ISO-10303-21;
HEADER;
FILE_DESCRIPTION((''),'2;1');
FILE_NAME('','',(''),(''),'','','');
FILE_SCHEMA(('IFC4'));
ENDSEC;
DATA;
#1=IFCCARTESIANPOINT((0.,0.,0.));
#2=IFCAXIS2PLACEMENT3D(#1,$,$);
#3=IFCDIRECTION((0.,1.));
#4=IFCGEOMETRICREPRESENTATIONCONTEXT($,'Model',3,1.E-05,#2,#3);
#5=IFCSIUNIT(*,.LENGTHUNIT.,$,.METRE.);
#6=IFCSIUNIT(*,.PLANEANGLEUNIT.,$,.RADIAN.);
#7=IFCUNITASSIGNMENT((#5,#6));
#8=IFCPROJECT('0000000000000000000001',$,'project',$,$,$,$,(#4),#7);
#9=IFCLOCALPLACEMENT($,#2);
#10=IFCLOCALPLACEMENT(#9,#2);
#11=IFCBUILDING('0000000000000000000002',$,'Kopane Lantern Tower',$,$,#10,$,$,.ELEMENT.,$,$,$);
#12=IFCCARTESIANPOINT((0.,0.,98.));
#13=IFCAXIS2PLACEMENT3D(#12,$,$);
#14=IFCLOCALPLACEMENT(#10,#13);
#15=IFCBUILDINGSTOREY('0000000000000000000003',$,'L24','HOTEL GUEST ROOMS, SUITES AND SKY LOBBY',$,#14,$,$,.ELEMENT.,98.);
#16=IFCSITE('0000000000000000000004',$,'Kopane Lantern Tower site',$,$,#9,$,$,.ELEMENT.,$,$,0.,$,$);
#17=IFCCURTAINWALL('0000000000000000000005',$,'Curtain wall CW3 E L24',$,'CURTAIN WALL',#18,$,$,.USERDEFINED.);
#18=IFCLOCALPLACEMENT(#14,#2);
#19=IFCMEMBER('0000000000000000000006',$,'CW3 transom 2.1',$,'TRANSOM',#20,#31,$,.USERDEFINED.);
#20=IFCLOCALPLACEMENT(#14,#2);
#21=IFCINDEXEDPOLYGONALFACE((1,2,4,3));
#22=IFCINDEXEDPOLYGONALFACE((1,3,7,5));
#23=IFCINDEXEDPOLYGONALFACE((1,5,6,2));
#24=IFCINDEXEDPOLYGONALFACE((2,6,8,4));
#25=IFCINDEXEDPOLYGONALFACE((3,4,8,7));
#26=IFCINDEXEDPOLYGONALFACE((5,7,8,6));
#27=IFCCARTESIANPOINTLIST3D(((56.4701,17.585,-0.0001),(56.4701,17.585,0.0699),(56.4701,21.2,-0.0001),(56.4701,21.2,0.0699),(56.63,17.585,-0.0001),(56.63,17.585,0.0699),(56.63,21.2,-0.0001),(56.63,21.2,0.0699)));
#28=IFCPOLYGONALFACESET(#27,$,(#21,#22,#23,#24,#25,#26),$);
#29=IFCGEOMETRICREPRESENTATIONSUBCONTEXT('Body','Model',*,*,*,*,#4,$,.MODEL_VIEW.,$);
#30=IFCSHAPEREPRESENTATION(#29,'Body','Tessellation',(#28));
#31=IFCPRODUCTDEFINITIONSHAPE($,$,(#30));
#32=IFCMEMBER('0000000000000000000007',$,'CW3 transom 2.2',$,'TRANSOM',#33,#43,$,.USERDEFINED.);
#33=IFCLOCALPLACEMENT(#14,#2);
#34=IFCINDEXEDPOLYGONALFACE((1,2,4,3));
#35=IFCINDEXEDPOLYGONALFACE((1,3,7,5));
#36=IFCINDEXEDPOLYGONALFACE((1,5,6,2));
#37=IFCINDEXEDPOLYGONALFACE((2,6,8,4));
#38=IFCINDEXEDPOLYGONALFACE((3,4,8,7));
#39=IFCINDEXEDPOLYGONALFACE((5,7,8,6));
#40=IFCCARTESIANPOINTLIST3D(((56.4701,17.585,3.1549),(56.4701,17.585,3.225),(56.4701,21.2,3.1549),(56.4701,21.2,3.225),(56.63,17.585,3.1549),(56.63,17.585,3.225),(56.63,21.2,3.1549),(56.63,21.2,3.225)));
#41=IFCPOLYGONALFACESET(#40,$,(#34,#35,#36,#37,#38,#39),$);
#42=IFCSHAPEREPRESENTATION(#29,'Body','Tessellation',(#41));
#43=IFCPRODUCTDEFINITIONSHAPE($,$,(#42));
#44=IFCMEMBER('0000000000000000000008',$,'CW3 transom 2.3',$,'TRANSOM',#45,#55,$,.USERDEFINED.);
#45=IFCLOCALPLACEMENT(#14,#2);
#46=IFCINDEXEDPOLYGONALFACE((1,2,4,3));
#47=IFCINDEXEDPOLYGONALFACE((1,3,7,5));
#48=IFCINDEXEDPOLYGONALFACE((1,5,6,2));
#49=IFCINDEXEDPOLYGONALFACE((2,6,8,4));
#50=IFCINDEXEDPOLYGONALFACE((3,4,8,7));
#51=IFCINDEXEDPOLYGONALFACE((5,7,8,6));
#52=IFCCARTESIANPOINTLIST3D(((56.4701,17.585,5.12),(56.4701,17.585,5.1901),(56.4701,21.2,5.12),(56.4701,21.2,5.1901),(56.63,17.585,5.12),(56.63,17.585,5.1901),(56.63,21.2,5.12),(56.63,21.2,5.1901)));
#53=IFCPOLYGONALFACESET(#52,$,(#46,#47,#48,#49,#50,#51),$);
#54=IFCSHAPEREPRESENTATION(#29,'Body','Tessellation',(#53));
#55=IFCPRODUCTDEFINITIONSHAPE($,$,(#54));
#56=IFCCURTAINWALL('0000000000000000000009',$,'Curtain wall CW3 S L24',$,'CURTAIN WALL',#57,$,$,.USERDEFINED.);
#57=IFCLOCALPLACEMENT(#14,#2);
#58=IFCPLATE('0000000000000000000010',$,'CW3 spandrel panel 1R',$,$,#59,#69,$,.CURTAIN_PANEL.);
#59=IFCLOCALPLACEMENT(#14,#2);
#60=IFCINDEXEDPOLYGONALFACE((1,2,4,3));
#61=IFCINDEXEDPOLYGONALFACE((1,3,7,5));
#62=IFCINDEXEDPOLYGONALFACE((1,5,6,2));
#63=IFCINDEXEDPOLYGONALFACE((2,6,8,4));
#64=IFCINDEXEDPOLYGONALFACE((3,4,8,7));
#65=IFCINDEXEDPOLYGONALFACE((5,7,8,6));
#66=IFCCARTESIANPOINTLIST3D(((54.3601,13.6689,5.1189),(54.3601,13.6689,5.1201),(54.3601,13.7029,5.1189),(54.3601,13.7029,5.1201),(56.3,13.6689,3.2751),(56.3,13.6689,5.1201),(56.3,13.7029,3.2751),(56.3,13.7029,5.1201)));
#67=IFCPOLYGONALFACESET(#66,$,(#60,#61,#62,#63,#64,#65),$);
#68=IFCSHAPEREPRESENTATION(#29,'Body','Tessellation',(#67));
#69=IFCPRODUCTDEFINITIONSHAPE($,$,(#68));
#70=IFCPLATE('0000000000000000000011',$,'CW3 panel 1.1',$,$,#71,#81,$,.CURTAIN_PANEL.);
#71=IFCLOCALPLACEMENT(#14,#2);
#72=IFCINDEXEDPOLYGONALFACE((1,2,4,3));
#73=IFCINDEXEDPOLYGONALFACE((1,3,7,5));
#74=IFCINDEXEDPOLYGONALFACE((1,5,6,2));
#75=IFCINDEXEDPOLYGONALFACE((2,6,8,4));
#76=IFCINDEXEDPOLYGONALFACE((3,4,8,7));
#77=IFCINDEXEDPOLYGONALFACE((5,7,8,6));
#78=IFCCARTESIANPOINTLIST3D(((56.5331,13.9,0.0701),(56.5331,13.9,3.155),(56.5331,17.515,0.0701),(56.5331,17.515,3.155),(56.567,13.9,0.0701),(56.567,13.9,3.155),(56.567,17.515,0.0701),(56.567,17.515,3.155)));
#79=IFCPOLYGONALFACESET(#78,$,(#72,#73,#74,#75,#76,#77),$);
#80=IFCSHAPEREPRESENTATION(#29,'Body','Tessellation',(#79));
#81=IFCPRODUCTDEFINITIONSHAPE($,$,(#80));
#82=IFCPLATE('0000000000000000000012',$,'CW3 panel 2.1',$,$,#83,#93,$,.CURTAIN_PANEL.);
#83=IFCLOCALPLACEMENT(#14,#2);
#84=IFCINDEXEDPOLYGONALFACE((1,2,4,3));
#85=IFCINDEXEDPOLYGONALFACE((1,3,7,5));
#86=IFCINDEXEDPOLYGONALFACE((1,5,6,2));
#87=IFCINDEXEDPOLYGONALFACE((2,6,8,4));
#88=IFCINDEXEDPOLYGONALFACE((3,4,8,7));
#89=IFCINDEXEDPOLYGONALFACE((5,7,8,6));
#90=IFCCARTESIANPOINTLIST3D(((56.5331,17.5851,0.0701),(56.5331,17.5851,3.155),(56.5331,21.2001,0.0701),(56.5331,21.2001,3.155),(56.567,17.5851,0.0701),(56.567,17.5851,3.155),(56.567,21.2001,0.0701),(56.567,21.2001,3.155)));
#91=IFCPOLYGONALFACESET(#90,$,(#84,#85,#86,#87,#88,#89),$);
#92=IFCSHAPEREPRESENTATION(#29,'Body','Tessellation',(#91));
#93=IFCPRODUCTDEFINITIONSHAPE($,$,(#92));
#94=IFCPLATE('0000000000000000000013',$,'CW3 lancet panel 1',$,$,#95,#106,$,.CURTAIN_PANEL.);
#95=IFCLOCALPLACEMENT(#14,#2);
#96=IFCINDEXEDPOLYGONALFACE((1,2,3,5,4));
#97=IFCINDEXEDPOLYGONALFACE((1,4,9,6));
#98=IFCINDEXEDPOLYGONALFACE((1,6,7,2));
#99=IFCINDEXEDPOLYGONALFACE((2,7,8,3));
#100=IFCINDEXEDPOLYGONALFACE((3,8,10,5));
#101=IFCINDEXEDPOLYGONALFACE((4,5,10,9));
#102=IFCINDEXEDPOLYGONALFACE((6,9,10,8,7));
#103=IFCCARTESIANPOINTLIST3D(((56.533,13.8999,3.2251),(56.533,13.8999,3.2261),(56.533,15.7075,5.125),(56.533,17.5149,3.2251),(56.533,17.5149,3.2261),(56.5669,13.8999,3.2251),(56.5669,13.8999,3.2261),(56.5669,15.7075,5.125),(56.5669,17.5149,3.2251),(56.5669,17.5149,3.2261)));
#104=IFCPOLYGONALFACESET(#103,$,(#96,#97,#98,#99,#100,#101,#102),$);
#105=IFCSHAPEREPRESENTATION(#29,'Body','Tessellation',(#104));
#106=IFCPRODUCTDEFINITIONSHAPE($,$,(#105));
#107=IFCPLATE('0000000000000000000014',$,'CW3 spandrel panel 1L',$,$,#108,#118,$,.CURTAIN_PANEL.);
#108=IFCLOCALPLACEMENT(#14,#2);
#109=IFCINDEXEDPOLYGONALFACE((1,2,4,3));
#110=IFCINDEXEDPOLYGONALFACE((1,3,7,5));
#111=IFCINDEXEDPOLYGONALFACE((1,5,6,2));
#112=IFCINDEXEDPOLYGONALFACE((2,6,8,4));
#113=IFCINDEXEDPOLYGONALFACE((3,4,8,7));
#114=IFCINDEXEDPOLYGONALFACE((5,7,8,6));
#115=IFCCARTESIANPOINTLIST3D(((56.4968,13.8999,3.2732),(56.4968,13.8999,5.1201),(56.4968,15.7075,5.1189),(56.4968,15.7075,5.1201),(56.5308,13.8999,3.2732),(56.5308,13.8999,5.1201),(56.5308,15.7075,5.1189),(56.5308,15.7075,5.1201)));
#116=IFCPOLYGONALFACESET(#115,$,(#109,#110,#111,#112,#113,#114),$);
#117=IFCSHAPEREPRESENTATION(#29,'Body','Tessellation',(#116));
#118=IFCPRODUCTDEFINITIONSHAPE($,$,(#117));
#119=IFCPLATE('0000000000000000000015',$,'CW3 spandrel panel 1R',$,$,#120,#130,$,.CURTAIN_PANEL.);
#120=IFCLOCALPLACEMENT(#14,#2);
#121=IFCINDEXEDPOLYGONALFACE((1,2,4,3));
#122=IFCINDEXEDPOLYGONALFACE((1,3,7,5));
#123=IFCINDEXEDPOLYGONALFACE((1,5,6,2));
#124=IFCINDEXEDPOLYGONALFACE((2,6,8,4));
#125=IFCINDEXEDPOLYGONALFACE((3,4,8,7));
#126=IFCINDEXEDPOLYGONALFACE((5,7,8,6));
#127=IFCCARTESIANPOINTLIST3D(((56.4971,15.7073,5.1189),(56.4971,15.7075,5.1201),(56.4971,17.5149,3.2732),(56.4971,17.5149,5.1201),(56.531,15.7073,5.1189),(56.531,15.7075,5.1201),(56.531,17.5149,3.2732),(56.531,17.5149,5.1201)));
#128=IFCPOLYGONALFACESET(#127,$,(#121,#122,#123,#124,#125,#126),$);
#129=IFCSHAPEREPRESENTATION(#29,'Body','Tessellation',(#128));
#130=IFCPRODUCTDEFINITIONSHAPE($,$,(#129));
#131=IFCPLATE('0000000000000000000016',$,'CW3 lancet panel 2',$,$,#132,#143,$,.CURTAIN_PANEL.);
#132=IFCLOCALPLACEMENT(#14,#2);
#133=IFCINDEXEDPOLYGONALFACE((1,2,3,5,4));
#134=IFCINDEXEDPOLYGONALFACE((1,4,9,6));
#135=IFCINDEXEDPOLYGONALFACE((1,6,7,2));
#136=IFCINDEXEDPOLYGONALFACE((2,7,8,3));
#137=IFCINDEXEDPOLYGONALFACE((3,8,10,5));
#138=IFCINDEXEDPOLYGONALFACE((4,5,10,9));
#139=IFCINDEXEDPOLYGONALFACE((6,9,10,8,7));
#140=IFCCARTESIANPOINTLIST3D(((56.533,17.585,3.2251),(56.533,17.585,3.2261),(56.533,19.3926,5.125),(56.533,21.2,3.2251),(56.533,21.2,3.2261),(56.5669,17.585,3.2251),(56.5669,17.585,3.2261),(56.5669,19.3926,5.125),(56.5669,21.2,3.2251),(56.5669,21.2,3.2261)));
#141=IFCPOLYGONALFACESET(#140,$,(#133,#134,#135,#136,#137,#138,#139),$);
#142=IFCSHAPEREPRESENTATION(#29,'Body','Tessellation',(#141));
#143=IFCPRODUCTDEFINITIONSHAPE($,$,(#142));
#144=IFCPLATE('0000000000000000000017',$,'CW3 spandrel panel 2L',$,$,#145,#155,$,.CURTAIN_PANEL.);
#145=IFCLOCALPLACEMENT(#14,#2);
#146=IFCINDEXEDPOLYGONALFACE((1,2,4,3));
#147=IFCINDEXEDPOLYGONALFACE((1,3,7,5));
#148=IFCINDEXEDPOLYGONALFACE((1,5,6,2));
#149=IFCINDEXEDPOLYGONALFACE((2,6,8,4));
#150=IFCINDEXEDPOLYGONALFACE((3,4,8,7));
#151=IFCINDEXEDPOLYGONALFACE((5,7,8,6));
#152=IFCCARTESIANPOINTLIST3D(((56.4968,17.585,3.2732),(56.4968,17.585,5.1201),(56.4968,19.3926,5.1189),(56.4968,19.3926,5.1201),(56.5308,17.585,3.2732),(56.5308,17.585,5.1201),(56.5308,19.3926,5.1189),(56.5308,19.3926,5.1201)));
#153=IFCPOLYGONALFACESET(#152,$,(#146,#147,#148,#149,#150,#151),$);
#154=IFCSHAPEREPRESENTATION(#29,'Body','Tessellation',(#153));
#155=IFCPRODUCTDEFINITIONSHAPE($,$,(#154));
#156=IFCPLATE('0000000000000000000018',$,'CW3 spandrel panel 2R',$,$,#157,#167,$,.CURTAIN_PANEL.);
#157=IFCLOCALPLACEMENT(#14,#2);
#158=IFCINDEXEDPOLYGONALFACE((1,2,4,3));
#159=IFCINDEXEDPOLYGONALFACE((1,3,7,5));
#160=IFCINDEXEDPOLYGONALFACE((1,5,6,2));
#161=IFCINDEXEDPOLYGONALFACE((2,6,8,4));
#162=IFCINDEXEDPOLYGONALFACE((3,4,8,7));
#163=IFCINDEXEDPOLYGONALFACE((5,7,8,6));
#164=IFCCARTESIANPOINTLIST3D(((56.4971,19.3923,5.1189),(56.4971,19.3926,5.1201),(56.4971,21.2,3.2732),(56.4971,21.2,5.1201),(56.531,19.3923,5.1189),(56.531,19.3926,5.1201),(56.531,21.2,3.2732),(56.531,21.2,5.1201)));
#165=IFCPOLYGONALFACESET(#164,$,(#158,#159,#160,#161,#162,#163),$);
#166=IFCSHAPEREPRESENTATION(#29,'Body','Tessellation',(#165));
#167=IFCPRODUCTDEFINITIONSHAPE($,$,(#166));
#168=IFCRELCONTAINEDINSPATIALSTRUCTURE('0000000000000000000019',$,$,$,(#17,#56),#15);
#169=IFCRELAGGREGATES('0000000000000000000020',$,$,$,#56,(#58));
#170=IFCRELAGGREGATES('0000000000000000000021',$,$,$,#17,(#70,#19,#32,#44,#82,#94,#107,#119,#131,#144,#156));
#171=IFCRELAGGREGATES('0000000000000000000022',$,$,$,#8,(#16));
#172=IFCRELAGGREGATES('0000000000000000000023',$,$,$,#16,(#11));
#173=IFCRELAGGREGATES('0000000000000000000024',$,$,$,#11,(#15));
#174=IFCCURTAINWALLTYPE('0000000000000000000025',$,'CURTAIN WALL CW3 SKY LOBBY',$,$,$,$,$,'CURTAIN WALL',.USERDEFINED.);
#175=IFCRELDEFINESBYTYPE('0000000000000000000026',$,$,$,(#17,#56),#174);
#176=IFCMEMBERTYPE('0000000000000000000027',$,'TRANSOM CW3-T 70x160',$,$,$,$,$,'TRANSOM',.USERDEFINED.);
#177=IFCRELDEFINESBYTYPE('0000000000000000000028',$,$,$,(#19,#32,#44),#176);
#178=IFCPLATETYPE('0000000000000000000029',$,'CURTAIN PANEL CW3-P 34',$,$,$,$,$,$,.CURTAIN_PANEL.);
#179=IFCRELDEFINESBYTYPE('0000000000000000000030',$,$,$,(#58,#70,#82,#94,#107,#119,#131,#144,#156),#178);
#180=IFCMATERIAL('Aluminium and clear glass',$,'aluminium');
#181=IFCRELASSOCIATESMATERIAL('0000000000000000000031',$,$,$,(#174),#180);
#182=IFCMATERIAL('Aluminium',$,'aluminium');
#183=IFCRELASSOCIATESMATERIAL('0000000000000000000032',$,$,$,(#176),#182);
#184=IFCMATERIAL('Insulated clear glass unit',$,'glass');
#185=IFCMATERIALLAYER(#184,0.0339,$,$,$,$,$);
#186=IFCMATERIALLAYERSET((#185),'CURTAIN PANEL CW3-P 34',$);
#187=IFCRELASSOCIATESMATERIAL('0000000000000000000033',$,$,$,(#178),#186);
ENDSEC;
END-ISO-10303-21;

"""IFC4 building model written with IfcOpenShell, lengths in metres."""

from ifc_helpers import new_model, si_unit, direction, frame, origin, origin_2d, place, context, subcontext, project, spatial, polyline, rectangle, outline, extrude, material, layer, layer_set, material_profile, profile_set, type_object, element, aggregate, save


model = new_model("IFC4")

# Units and contexts
model_context = context("Model", 3, precision=1e-05, world=origin(), true_north=direction((0.0, 1.0)))
body_context = subcontext(model_context, "Body", "Model", "MODEL_VIEW")
ifc_project = project(units=[si_unit("LENGTHUNIT", "METRE"), si_unit("PLANEANGLEUNIT", "RADIAN")], contexts=[model_context])

# Site, building, storey
site_placement = place(None, origin())
site = spatial("IfcSite", under=ifc_project, at=site_placement, Name="Kopane Lantern Tower site", CompositionType="ELEMENT", RefElevation=0.0)
building_placement = place(site_placement, origin())
building = spatial("IfcBuilding", under=site, at=building_placement, Name="Kopane Lantern Tower", CompositionType="ELEMENT")
storey_placement = place(building_placement, frame((0.0, 0.0, 98.0)))
storey = spatial("IfcBuildingStorey", under=building, at=storey_placement, Name="L24", Description="HOTEL GUEST ROOMS, SUITES AND SKY LOBBY", CompositionType="ELEMENT", Elevation=98.0)

# Curtain wall, members
ifc_material_1 = material(Name="Aluminium and clear glass", Category="aluminium")
curtain_wall_type = type_object("IfcCurtainWallType", Name="CURTAIN WALL CW3 SKY LOBBY", ElementType="CURTAIN WALL", PredefinedType="USERDEFINED", material=ifc_material_1)
curtain_wall_1_placement = place(storey_placement, origin())
curtain_wall_1 = element("IfcCurtainWall", 1, at=curtain_wall_1_placement, inside=storey, type_object=curtain_wall_type, Name="Curtain wall CW3 E L24", ObjectType="CURTAIN WALL", PredefinedType="USERDEFINED")
ifc_material_2 = material(Name="Aluminium", Category="aluminium")
ifc_material_profile_1 = material_profile(ifc_material_2, rectangle(XDim=0.1599, YDim=0.0701, at=origin_2d()), Name="AL 160x70")
ifc_profile_set_1 = profile_set([ifc_material_profile_1], Name="Aluminium")
member_type_1 = type_object("IfcMemberType", Name="TRANSOM CW3-T 70x160", ElementType="TRANSOM", PredefinedType="USERDEFINED", material=ifc_profile_set_1)
member_1_placement = place(storey_placement, frame((56.55, 17.585, 0.0349), z_axis=(0.0, 1.0, 0.0), x_axis=(-1.0, 0.0, 0.0)))
member_1 = element("IfcMember", 2, at=member_1_placement, type_object=member_type_1, Name="CW3 transom 2.1", ObjectType="TRANSOM", PredefinedType="USERDEFINED", context=body_context, shape_type="SweptSolid", body=[
    extrude(rectangle(XDim=0.1599, YDim=0.0701, at=origin_2d()), origin(), (0.0, 0.0, 1.0), 3.615),
])
member_2_placement = place(storey_placement, frame((56.55, 17.585, 3.1899), z_axis=(0.0, 1.0, 0.0), x_axis=(-1.0, 0.0, 0.0)))
member_2 = element("IfcMember", 3, at=member_2_placement, type_object=member_type_1, Name="CW3 transom 2.2", ObjectType="TRANSOM", PredefinedType="USERDEFINED", context=body_context, shape_type="SweptSolid", body=[
    extrude(rectangle(XDim=0.1599, YDim=0.0701, at=origin_2d()), origin(), (0.0, 0.0, 1.0), 3.615),
])
member_3_placement = place(storey_placement, frame((56.55, 17.585, 5.155), z_axis=(0.0, 1.0, 0.0), x_axis=(-1.0, 0.0, 0.0)))
member_3 = element("IfcMember", 4, at=member_3_placement, type_object=member_type_1, Name="CW3 transom 2.3", ObjectType="TRANSOM", PredefinedType="USERDEFINED", context=body_context, shape_type="SweptSolid", body=[
    extrude(rectangle(XDim=0.1599, YDim=0.0701, at=origin_2d()), origin(), (0.0, 0.0, 1.0), 3.615),
])

# Curtain wall, plate
curtain_wall_2_placement = place(storey_placement, origin())
curtain_wall_2 = element("IfcCurtainWall", 5, at=curtain_wall_2_placement, inside=storey, type_object=curtain_wall_type, Name="Curtain wall CW3 S L24", ObjectType="CURTAIN WALL", PredefinedType="USERDEFINED")
ifc_material_3 = material(Name="Insulated clear glass unit", Category="glass")
ifc_layer_1 = layer(ifc_material_3, 0.0339)
ifc_layer_set_1 = layer_set([ifc_layer_1], Name="CURTAIN PANEL CW3-P 34")
plate_type = type_object("IfcPlateType", Name="CURTAIN PANEL CW3-P 34", PredefinedType="CURTAIN_PANEL", material=ifc_layer_set_1)
plate_1_placement = place(storey_placement, frame((56.3, 13.686, 5.1201), z_axis=(0.0, 0.0, 1.0), x_axis=(-1.0, 0.0, 0.0)))
plate_1 = element("IfcPlate", 6, at=plate_1_placement, type_object=plate_type, Name="CW3 spandrel panel 1R", PredefinedType="CURTAIN_PANEL", context=body_context, shape_type="SweptSolid", body=[
    extrude(outline(polyline([(0.0, 0.0), (1.9399, 0.0), (1.9399, -0.0012), (0.0, -1.845), (0.0, 0.0)])), frame((0.0, 0.0171, 0.0), z_axis=(0.0, -1.0, 0.0), x_axis=(1.0, 0.0, 0.0)), (0.0, 0.0, 1.0), 0.0339),
])
aggregate(curtain_wall_2, [plate_1])

# Plates
plate_2_placement = place(storey_placement, frame((56.55, 15.7075, 0.0701), z_axis=(0.0, 0.0, 1.0), x_axis=(0.0, 1.0, 0.0)))
plate_2 = element("IfcPlate", 7, at=plate_2_placement, type_object=plate_type, Name="CW3 panel 1.1", PredefinedType="CURTAIN_PANEL", context=body_context, shape_type="SweptSolid", body=[
    extrude(rectangle(XDim=3.615, YDim=0.0339, at=origin_2d()), origin(), (0.0, 0.0, 1.0), 3.085),
])
plate_3_placement = place(storey_placement, frame((56.55, 19.3926, 0.0701), z_axis=(0.0, 0.0, 1.0), x_axis=(0.0, 1.0, 0.0)))
plate_3 = element("IfcPlate", 8, at=plate_3_placement, type_object=plate_type, Name="CW3 panel 2.1", PredefinedType="CURTAIN_PANEL", context=body_context, shape_type="SweptSolid", body=[
    extrude(rectangle(XDim=3.615, YDim=0.0339, at=origin_2d()), origin(), (0.0, 0.0, 1.0), 3.085),
])
plate_4_placement = place(storey_placement, frame((56.55, 13.8999, 3.2251), z_axis=(0.0, 0.0, 1.0), x_axis=(0.0, 1.0, 0.0)))
plate_4 = element("IfcPlate", 9, at=plate_4_placement, type_object=plate_type, Name="CW3 lancet panel 1", PredefinedType="CURTAIN_PANEL", context=body_context, shape_type="SweptSolid", body=[
    extrude(outline(polyline([(0.0, 0.0), (3.615, 0.0), (3.615, 0.001), (1.8076, 1.8999), (0.0, 0.001), (0.0, 0.0)])), frame((0.0, 0.0171, 0.0), z_axis=(0.0, -1.0, 0.0), x_axis=(1.0, 0.0, 0.0)), (0.0, 0.0, 1.0), 0.0339),
])
plate_5_placement = place(storey_placement, frame((56.5139, 13.8999, 5.1201), z_axis=(0.0, 0.0, 1.0), x_axis=(0.0, 1.0, 0.0)))
plate_5 = element("IfcPlate", 10, at=plate_5_placement, type_object=plate_type, Name="CW3 spandrel panel 1L", PredefinedType="CURTAIN_PANEL", context=body_context, shape_type="SweptSolid", body=[
    extrude(outline(polyline([(0.0, 0.0), (1.8076, 0.0), (1.8076, -0.0012), (0.0, -1.8469), (0.0, 0.0)])), frame((0.0, 0.0171, 0.0), z_axis=(0.0, -1.0, 0.0), x_axis=(1.0, 0.0, 0.0)), (0.0, 0.0, 1.0), 0.0339),
])
plate_6_placement = place(storey_placement, frame((56.5139, 17.5149, 5.1201), z_axis=(0.0, 0.0, 1.0), x_axis=(0.0, -1.0, 0.0)))
plate_6 = element("IfcPlate", 11, at=plate_6_placement, type_object=plate_type, Name="CW3 spandrel panel 1R", PredefinedType="CURTAIN_PANEL", context=body_context, shape_type="SweptSolid", body=[
    extrude(outline(polyline([(0.0, 0.0), (1.8074, 0.0), (1.8076, -0.0012), (0.0, -1.8469), (0.0, 0.0)])), frame((0.0, 0.0171, 0.0), z_axis=(0.0, -1.0, 0.0), x_axis=(1.0, 0.0, 0.0)), (0.0, 0.0, 1.0), 0.0339),
])
plate_7_placement = place(storey_placement, frame((56.55, 17.585, 3.2251), z_axis=(0.0, 0.0, 1.0), x_axis=(0.0, 1.0, 0.0)))
plate_7 = element("IfcPlate", 12, at=plate_7_placement, type_object=plate_type, Name="CW3 lancet panel 2", PredefinedType="CURTAIN_PANEL", context=body_context, shape_type="SweptSolid", body=[
    extrude(outline(polyline([(0.0, 0.0), (3.615, 0.0), (3.615, 0.001), (1.8076, 1.8999), (0.0, 0.001), (0.0, 0.0)])), frame((0.0, 0.0171, 0.0), z_axis=(0.0, -1.0, 0.0), x_axis=(1.0, 0.0, 0.0)), (0.0, 0.0, 1.0), 0.0339),
])
plate_8_placement = place(storey_placement, frame((56.5139, 17.585, 5.1201), z_axis=(0.0, 0.0, 1.0), x_axis=(0.0, 1.0, 0.0)))
plate_8 = element("IfcPlate", 13, at=plate_8_placement, type_object=plate_type, Name="CW3 spandrel panel 2L", PredefinedType="CURTAIN_PANEL", context=body_context, shape_type="SweptSolid", body=[
    extrude(outline(polyline([(0.0, 0.0), (1.8076, 0.0), (1.8076, -0.0012), (0.0, -1.8469), (0.0, 0.0)])), frame((0.0, 0.0171, 0.0), z_axis=(0.0, -1.0, 0.0), x_axis=(1.0, 0.0, 0.0)), (0.0, 0.0, 1.0), 0.0339),
])
plate_9_placement = place(storey_placement, frame((56.5139, 21.2, 5.1201), z_axis=(0.0, 0.0, 1.0), x_axis=(0.0, -1.0, 0.0)))
plate_9 = element("IfcPlate", 14, at=plate_9_placement, type_object=plate_type, Name="CW3 spandrel panel 2R", PredefinedType="CURTAIN_PANEL", context=body_context, shape_type="SweptSolid", body=[
    extrude(outline(polyline([(0.0, 0.0), (1.8074, 0.0), (1.8076, -0.0012), (0.0, -1.8469), (0.0, 0.0)])), frame((0.0, 0.0171, 0.0), z_axis=(0.0, -1.0, 0.0), x_axis=(1.0, 0.0, 0.0)), (0.0, 0.0, 1.0), 0.0339),
])
aggregate(curtain_wall_1, [plate_2, member_1, member_2, member_3, plate_3, plate_4, plate_5, plate_6, plate_7, plate_8, plate_9])

save(model, "model.ifc")
